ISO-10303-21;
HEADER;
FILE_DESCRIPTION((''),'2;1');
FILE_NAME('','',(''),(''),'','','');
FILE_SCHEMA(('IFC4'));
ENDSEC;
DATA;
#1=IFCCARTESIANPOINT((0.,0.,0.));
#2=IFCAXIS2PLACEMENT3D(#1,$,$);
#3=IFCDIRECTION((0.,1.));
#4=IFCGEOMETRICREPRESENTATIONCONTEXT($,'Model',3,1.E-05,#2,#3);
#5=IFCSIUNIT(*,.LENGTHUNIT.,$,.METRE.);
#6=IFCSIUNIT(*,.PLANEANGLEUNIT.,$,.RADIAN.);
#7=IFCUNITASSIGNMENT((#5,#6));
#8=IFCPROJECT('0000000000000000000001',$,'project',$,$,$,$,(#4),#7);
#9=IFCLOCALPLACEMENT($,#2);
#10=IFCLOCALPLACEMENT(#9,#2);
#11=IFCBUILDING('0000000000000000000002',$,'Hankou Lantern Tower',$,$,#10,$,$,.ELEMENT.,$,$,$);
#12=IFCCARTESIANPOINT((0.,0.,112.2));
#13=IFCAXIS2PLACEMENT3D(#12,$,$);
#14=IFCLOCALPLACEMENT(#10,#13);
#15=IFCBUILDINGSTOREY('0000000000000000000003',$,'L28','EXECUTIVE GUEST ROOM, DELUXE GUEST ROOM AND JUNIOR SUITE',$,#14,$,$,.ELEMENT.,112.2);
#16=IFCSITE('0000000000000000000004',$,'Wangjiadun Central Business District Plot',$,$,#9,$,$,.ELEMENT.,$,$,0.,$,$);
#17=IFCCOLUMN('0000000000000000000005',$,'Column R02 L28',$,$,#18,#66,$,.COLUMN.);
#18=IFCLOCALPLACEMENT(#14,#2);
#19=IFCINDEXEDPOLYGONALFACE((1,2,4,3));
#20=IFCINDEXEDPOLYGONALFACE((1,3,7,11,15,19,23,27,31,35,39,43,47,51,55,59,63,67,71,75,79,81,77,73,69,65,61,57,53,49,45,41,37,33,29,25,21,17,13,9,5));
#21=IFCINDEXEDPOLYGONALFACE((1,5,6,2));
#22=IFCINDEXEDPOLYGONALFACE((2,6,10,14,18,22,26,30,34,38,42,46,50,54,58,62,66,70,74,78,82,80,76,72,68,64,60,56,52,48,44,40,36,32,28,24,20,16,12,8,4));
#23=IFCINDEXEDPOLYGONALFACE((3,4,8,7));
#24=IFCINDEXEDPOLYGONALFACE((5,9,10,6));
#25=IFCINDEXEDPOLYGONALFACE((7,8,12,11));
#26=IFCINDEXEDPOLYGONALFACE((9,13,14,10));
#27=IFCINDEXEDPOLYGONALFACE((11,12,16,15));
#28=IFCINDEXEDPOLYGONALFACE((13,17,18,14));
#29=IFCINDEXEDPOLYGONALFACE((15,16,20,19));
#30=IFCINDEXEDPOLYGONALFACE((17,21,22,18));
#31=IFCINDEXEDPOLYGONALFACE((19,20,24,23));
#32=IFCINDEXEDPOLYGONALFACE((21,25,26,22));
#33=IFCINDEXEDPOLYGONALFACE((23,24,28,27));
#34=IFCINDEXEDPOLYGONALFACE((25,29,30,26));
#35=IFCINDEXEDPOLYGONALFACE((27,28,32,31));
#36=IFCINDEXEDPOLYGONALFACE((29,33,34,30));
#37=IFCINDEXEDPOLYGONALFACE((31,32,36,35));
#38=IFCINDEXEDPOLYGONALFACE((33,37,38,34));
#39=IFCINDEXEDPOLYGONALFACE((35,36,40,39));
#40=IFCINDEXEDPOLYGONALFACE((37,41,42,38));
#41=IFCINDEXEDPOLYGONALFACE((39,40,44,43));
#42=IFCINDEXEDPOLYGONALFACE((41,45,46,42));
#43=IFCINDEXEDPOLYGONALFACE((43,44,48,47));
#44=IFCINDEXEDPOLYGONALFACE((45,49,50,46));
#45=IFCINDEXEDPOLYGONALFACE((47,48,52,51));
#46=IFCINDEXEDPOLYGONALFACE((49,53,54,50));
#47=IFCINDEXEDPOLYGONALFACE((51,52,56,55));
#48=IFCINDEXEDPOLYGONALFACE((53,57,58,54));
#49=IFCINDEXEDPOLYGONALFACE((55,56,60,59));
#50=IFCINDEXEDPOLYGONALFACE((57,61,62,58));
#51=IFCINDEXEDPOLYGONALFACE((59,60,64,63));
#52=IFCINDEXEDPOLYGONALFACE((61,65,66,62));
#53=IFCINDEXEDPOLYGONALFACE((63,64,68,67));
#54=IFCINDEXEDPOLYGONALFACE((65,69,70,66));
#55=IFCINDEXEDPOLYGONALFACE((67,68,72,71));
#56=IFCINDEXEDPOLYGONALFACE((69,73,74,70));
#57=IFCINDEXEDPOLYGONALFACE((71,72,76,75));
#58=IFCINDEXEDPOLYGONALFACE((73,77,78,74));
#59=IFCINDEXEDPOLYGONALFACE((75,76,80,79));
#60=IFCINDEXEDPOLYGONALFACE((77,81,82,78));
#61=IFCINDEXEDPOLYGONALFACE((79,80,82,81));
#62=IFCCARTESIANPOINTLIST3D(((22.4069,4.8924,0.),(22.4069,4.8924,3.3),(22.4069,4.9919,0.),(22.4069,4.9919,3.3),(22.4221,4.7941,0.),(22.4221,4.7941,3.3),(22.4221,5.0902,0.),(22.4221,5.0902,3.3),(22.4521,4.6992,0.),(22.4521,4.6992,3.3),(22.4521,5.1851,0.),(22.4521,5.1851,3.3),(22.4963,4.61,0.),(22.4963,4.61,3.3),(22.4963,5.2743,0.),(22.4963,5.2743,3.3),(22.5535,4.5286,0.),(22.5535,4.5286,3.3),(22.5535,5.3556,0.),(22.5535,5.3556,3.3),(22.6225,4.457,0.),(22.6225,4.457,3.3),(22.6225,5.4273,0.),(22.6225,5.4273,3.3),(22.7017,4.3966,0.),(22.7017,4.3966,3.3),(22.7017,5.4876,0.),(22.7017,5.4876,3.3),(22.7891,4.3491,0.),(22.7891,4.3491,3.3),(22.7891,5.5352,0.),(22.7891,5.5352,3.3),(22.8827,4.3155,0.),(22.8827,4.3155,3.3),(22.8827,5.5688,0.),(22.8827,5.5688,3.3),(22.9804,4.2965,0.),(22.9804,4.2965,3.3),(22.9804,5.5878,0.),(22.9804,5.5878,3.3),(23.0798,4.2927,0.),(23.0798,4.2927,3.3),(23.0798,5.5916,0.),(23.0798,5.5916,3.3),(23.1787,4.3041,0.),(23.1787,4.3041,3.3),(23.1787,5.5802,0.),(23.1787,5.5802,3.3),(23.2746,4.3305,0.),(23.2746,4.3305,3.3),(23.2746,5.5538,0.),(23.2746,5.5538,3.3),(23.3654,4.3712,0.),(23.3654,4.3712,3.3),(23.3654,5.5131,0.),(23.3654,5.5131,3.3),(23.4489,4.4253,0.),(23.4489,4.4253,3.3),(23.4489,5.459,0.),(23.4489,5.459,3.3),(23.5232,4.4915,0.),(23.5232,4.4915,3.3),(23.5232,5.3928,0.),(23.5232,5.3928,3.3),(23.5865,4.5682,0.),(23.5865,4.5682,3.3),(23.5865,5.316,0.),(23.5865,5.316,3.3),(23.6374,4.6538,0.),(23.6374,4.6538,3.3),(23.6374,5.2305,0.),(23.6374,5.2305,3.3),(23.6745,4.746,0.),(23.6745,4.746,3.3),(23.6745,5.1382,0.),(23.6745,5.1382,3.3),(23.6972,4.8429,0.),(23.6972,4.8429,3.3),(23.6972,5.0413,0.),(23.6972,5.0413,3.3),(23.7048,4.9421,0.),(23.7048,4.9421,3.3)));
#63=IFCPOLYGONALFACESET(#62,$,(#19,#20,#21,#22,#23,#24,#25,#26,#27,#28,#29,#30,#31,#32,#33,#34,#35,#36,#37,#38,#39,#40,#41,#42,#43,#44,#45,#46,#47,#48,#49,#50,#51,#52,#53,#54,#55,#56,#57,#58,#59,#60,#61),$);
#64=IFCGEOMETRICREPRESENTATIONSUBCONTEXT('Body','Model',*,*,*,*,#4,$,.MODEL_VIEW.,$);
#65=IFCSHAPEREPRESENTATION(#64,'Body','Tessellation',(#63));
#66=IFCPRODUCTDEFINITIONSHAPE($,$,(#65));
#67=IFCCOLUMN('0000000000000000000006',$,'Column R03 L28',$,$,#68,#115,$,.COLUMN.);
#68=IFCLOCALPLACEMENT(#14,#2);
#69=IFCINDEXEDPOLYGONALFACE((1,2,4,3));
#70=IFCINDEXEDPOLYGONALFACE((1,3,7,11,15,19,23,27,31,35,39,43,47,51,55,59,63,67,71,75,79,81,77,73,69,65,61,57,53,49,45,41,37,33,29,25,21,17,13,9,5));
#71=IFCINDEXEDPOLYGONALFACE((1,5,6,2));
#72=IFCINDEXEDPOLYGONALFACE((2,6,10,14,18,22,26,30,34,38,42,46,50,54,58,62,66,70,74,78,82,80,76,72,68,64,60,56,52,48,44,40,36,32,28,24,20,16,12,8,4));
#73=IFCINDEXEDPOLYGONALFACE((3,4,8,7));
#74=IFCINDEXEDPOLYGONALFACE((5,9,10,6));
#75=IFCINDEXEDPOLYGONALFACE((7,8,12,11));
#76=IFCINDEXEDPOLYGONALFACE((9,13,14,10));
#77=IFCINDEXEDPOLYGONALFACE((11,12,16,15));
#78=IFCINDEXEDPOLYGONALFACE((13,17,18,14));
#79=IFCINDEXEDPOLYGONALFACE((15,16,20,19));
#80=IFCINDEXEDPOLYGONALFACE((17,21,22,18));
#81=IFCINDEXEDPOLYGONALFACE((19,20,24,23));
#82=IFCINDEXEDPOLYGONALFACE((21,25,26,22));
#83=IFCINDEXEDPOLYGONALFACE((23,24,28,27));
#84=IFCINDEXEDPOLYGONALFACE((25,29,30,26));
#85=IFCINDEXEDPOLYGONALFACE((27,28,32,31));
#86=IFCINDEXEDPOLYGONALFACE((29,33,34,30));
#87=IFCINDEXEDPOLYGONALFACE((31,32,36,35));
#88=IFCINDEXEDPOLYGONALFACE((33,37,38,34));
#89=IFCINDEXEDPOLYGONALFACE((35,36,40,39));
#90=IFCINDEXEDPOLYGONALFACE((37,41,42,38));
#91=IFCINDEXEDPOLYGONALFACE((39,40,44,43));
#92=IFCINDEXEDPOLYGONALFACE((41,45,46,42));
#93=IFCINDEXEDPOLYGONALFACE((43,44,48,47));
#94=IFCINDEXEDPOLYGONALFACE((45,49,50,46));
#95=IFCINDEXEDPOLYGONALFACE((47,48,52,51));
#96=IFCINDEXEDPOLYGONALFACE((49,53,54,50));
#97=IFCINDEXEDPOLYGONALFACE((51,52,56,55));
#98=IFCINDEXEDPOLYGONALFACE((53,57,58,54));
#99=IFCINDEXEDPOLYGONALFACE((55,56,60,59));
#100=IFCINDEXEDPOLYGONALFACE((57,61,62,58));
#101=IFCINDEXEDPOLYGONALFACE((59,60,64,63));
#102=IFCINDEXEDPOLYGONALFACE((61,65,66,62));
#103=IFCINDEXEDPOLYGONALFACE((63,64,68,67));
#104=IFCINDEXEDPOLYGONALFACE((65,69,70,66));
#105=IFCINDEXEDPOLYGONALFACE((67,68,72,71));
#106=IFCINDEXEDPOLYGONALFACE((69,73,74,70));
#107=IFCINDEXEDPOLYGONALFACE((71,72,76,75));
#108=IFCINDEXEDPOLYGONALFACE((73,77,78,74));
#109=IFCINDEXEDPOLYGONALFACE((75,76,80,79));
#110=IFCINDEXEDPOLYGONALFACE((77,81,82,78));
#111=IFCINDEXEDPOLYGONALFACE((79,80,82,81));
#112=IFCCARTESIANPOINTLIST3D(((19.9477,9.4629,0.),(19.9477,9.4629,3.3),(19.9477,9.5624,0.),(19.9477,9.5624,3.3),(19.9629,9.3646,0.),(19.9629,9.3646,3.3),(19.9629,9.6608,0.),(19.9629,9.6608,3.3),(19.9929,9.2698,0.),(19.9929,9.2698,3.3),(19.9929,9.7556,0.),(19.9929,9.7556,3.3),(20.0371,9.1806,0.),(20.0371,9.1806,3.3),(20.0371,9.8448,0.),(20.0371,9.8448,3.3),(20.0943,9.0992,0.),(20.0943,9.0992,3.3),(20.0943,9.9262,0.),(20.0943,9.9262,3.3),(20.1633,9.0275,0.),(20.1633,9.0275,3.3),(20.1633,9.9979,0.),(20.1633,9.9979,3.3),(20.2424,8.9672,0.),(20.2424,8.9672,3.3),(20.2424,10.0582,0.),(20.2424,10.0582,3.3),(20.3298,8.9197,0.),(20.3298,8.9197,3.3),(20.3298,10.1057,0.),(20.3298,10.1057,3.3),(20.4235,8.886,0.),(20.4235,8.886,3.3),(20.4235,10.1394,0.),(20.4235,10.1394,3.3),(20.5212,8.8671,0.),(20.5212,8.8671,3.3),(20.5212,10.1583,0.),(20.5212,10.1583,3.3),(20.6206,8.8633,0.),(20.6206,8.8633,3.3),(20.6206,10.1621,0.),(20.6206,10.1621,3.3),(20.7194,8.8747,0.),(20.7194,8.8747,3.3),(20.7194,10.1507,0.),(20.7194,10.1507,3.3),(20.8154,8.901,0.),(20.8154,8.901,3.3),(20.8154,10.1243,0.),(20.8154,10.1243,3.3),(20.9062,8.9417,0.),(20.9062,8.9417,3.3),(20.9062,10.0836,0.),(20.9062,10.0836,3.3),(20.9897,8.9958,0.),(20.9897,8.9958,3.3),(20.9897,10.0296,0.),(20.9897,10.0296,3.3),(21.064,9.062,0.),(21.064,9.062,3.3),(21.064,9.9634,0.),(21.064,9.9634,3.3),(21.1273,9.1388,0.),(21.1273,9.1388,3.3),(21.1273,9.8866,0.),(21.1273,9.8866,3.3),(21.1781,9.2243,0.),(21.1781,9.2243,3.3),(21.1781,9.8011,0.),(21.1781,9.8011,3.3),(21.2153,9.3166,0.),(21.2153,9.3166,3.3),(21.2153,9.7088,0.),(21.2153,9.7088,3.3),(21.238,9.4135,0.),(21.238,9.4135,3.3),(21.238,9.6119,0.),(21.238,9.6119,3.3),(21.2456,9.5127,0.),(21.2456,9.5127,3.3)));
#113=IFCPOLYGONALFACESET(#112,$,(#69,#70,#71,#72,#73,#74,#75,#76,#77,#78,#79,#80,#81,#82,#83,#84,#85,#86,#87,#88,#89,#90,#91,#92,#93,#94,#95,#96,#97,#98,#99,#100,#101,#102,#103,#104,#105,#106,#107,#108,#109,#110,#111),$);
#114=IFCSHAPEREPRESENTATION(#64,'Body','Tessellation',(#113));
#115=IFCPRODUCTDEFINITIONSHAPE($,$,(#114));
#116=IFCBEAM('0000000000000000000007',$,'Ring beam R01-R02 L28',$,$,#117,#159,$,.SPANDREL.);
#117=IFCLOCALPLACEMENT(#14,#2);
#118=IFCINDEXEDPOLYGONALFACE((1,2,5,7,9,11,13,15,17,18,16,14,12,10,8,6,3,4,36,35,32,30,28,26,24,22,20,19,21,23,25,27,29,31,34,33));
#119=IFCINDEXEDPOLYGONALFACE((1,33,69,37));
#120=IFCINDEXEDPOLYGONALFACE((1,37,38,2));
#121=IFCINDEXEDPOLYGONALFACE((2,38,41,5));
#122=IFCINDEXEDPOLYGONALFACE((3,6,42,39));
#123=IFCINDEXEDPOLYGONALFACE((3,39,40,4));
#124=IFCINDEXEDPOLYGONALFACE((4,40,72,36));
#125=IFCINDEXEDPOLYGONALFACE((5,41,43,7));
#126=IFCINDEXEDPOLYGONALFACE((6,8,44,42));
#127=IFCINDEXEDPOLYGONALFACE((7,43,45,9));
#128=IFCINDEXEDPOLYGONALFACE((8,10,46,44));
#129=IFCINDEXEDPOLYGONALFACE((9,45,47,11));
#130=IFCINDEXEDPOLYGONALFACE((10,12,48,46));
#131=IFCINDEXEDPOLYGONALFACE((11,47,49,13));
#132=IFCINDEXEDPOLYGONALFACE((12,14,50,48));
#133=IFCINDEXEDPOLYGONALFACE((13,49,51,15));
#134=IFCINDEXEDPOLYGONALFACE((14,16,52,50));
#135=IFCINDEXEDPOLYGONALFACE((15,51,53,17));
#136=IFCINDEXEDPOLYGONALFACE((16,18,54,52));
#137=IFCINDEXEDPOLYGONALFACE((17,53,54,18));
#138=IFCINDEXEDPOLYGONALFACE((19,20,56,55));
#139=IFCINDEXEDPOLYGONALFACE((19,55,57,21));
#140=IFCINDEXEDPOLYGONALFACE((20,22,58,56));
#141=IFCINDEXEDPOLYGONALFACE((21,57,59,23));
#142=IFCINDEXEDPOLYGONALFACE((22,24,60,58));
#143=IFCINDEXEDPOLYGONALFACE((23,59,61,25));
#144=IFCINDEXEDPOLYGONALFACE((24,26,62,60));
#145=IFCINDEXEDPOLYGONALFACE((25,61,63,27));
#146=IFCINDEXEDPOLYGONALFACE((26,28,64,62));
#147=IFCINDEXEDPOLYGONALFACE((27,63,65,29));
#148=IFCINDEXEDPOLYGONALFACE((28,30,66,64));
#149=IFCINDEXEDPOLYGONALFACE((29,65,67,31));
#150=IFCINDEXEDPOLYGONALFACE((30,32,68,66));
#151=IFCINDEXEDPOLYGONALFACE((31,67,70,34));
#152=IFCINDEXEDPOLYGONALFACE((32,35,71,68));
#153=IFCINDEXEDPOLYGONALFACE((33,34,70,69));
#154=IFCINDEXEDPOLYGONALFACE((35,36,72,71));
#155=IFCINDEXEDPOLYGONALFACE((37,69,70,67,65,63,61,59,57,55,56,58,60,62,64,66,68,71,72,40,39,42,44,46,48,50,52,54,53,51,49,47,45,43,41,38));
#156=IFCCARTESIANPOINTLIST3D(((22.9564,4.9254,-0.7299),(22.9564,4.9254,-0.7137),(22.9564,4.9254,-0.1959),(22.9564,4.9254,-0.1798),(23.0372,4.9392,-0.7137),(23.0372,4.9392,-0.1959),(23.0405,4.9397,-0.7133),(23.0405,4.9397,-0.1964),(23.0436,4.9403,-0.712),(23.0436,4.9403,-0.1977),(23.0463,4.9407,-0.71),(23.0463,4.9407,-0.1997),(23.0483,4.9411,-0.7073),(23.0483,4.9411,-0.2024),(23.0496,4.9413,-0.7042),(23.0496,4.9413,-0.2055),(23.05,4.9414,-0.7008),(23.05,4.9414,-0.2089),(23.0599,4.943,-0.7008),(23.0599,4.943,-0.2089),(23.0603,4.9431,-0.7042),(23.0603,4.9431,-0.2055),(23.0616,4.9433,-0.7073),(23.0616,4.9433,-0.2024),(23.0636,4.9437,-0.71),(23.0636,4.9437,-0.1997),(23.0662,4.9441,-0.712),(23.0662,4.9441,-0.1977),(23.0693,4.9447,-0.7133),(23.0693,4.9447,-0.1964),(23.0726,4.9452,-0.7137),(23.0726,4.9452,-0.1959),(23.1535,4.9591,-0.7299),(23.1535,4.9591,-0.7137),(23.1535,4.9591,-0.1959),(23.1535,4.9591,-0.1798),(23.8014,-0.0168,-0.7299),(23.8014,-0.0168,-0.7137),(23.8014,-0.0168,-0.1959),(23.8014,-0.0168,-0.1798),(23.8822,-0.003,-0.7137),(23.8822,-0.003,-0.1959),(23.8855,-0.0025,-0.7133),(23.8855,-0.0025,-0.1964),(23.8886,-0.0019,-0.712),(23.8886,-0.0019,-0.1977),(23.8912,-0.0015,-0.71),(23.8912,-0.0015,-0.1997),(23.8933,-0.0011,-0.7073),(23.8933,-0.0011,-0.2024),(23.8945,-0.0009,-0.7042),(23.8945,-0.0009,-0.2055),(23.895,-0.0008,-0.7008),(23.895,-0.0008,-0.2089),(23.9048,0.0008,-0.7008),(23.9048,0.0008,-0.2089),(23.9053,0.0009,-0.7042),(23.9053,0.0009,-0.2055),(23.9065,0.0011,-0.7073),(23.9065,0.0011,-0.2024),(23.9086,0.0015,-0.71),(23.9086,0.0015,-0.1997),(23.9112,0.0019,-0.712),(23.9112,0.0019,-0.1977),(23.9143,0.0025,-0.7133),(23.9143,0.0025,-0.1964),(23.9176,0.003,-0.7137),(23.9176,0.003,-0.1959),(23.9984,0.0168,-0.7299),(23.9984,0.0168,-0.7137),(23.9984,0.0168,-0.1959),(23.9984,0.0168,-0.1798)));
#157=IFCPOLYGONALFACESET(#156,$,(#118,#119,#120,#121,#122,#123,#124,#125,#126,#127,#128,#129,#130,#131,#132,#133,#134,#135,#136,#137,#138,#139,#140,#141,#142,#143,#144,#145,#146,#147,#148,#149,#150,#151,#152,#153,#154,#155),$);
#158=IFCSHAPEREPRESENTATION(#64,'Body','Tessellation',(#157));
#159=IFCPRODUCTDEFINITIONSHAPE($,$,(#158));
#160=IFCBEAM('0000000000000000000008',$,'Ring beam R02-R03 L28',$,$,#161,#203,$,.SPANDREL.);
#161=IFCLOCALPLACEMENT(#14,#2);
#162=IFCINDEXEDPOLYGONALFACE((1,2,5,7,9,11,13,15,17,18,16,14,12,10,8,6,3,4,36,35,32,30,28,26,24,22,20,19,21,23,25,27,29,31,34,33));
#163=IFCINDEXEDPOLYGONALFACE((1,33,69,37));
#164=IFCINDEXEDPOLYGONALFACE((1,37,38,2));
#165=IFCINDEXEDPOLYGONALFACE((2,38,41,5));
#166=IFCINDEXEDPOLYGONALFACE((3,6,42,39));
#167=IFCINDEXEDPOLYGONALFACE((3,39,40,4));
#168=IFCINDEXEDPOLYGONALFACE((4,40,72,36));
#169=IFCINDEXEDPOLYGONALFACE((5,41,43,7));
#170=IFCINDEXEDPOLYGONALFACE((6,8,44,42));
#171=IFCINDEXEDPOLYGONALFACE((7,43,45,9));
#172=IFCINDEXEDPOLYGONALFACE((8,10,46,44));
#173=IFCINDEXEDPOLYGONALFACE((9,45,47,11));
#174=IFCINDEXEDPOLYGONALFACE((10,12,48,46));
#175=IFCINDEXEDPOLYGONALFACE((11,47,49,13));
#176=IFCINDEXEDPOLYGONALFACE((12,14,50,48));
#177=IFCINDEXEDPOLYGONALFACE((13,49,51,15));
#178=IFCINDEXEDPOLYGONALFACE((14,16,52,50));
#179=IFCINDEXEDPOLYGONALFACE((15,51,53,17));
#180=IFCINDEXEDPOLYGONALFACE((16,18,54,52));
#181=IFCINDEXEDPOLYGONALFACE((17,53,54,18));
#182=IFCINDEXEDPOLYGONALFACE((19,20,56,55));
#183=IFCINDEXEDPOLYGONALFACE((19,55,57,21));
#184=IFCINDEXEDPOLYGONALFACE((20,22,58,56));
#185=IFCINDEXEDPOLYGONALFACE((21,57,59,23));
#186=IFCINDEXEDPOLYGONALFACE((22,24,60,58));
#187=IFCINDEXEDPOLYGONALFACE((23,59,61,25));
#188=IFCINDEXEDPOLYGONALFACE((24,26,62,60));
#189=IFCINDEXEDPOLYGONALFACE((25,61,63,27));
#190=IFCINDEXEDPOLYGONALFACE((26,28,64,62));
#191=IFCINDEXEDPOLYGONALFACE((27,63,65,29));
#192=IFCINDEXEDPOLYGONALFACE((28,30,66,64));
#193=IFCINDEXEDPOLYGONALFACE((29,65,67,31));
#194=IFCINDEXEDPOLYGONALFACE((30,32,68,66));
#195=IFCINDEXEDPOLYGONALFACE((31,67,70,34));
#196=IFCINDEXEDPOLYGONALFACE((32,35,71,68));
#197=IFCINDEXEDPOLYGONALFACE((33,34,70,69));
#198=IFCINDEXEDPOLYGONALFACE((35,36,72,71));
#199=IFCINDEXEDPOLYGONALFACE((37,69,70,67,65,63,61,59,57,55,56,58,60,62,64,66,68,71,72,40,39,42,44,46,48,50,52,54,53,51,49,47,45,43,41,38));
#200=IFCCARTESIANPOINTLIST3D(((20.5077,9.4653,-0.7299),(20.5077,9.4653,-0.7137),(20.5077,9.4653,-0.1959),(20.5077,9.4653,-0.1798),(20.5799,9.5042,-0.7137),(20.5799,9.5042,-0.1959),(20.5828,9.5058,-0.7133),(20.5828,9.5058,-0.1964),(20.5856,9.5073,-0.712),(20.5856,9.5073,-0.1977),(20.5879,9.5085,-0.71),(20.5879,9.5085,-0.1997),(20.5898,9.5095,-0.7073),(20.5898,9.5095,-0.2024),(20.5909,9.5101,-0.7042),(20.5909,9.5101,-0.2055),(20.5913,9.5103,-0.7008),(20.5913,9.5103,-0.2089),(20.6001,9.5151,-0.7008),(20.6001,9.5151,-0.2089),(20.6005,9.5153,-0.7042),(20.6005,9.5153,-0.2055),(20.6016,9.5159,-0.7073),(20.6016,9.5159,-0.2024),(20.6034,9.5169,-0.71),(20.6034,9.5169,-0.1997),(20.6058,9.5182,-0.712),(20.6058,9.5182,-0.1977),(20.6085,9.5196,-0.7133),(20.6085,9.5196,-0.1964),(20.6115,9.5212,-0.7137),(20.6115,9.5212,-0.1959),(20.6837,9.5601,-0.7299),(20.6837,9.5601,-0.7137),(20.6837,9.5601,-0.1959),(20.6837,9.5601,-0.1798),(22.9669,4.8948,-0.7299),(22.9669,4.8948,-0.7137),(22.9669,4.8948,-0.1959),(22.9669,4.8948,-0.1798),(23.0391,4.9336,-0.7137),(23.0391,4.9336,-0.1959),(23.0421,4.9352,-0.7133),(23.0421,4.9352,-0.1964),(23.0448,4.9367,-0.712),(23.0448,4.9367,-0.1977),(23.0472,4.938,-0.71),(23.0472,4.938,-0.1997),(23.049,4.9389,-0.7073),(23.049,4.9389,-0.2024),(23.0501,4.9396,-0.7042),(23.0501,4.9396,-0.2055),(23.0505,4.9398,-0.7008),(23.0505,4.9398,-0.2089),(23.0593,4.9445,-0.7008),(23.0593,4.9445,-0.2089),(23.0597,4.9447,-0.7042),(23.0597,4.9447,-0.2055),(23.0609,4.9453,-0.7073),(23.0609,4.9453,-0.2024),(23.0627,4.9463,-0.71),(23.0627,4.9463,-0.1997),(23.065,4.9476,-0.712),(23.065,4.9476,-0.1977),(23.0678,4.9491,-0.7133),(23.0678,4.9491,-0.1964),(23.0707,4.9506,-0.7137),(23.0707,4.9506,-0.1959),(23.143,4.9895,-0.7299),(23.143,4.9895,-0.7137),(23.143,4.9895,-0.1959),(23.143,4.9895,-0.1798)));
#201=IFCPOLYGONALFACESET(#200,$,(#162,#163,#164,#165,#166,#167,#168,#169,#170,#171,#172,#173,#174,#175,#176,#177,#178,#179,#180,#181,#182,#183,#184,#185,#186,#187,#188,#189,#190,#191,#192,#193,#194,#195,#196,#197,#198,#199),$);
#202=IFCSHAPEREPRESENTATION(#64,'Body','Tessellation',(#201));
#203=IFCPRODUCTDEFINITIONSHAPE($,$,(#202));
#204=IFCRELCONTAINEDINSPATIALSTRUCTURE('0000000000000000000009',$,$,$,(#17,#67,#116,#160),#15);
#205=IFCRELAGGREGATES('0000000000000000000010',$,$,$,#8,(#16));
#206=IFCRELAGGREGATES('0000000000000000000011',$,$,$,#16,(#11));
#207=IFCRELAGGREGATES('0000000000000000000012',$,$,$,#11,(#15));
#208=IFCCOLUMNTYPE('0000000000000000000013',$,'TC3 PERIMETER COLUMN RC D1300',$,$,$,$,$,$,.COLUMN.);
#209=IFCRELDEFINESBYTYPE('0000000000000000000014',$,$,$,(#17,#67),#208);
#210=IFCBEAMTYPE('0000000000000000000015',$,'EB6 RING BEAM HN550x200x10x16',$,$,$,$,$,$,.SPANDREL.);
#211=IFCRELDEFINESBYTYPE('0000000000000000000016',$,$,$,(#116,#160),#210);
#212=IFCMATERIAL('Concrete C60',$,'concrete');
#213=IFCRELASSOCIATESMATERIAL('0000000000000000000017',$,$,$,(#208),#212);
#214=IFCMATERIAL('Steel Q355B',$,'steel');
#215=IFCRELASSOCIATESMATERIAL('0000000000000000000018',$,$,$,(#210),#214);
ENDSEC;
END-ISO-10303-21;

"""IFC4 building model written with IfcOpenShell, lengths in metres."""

from ifc_helpers import new_model, si_unit, direction, frame, origin, origin_2d, place, context, subcontext, project, spatial, circle, i_section, extrude, material, material_profile, profile_set, type_object, element, save


model = new_model("IFC4")

# Units and contexts
model_context = context("Model", 3, precision=1e-05, world=origin(), true_north=direction((0.0, 1.0)))
body_context = subcontext(model_context, "Body", "Model", "MODEL_VIEW")
ifc_project = project(units=[si_unit("LENGTHUNIT", "METRE"), si_unit("PLANEANGLEUNIT", "RADIAN")], contexts=[model_context])

# Site, building, storey
site_placement = place(None, origin())
site = spatial("IfcSite", under=ifc_project, at=site_placement, Name="Wangjiadun Central Business District Plot", CompositionType="ELEMENT", RefElevation=0.0)
building_placement = place(site_placement, origin())
building = spatial("IfcBuilding", under=site, at=building_placement, Name="Hankou Lantern Tower", CompositionType="ELEMENT")
storey_placement = place(building_placement, frame((0.0, 0.0, 112.2)))
storey = spatial("IfcBuildingStorey", under=building, at=storey_placement, Name="L28", Description="EXECUTIVE GUEST ROOM, DELUXE GUEST ROOM AND JUNIOR SUITE", CompositionType="ELEMENT", Elevation=112.2)

# Columns
ifc_material_1 = material(Name="Concrete C60", Category="concrete")
ifc_material_profile_1 = material_profile(ifc_material_1, circle(Radius=0.6499, at=origin_2d()), Name="RC D1300")
ifc_profile_set_1 = profile_set([ifc_material_profile_1], Name="Concrete C60")
column_type = type_object("IfcColumnType", Name="TC3 PERIMETER COLUMN RC D1300", PredefinedType="COLUMN", material=ifc_profile_set_1)
for number, where, z_axis, x_axis, name in (
    (1, (23.0549, 4.9421, 0.0), (0.0, 0.0, 1.0), (1.0, 0.0, 0.0), "Column R02 L28"),
    (2, (20.5957, 9.5127, 0.0), (0.0, 0.0, 1.0), (1.0, 0.0, 0.0), "Column R03 L28"),
):
    element("IfcColumn", number, at=place(storey_placement, frame(where, z_axis=z_axis, x_axis=x_axis)), inside=storey, type_object=column_type, Name=name, PredefinedType="COLUMN", context=body_context, shape_type="SweptSolid", body=[
        extrude(circle(Radius=0.6499, at=origin_2d()), origin(), (0.0, 0.0, 1.0), 3.3),
    ])

# Beams
ifc_material_2 = material(Name="Steel Q355B", Category="steel")
ifc_material_profile_2 = material_profile(ifc_material_2, i_section(OverallWidth=0.2, OverallDepth=0.55, WebThickness=0.01, FlangeThickness=0.0161, FilletRadius=0.0129, at=origin_2d()), Name="HN550x200x10x16")
ifc_profile_set_2 = profile_set([ifc_material_profile_2], Name="Steel Q355B")
beam_type_1 = type_object("IfcBeamType", Name="EB6 RING BEAM HN550x200x10x16", PredefinedType="SPANDREL", material=ifc_profile_set_2)
beam_1_placement = place(storey_placement, frame((23.8999, 0.0, -0.4548), z_axis=(-0.168527, 0.985697, 0.0), x_axis=(-0.985697, -0.168527, 0.0)))
element("IfcBeam", 3, at=beam_1_placement, inside=storey, type_object=beam_type_1, Name="Ring beam R01-R02 L28", PredefinedType="SPANDREL", context=body_context, shape_type="SweptSolid", body=[
    extrude(i_section(OverallWidth=0.2, OverallDepth=0.55, WebThickness=0.01, FlangeThickness=0.0161, FilletRadius=0.0129, at=origin_2d()), origin(), (0.0, 0.0, 1.0), 5.0139),
])
beam_2_placement = place(storey_placement, frame((23.0549, 4.9421, -0.4548), z_axis=(-0.473825, 0.880619, 0.0), x_axis=(-0.880619, -0.473825, 0.0)))
element("IfcBeam", 4, at=beam_2_placement, inside=storey, type_object=beam_type_1, Name="Ring beam R02-R03 L28", PredefinedType="SPANDREL", context=body_context, shape_type="SweptSolid", body=[
    extrude(i_section(OverallWidth=0.2, OverallDepth=0.55, WebThickness=0.01, FlangeThickness=0.0161, FilletRadius=0.0129, at=origin_2d()), origin(), (0.0, 0.0, 1.0), 5.1902),
])

save(model, "model.ifc")
